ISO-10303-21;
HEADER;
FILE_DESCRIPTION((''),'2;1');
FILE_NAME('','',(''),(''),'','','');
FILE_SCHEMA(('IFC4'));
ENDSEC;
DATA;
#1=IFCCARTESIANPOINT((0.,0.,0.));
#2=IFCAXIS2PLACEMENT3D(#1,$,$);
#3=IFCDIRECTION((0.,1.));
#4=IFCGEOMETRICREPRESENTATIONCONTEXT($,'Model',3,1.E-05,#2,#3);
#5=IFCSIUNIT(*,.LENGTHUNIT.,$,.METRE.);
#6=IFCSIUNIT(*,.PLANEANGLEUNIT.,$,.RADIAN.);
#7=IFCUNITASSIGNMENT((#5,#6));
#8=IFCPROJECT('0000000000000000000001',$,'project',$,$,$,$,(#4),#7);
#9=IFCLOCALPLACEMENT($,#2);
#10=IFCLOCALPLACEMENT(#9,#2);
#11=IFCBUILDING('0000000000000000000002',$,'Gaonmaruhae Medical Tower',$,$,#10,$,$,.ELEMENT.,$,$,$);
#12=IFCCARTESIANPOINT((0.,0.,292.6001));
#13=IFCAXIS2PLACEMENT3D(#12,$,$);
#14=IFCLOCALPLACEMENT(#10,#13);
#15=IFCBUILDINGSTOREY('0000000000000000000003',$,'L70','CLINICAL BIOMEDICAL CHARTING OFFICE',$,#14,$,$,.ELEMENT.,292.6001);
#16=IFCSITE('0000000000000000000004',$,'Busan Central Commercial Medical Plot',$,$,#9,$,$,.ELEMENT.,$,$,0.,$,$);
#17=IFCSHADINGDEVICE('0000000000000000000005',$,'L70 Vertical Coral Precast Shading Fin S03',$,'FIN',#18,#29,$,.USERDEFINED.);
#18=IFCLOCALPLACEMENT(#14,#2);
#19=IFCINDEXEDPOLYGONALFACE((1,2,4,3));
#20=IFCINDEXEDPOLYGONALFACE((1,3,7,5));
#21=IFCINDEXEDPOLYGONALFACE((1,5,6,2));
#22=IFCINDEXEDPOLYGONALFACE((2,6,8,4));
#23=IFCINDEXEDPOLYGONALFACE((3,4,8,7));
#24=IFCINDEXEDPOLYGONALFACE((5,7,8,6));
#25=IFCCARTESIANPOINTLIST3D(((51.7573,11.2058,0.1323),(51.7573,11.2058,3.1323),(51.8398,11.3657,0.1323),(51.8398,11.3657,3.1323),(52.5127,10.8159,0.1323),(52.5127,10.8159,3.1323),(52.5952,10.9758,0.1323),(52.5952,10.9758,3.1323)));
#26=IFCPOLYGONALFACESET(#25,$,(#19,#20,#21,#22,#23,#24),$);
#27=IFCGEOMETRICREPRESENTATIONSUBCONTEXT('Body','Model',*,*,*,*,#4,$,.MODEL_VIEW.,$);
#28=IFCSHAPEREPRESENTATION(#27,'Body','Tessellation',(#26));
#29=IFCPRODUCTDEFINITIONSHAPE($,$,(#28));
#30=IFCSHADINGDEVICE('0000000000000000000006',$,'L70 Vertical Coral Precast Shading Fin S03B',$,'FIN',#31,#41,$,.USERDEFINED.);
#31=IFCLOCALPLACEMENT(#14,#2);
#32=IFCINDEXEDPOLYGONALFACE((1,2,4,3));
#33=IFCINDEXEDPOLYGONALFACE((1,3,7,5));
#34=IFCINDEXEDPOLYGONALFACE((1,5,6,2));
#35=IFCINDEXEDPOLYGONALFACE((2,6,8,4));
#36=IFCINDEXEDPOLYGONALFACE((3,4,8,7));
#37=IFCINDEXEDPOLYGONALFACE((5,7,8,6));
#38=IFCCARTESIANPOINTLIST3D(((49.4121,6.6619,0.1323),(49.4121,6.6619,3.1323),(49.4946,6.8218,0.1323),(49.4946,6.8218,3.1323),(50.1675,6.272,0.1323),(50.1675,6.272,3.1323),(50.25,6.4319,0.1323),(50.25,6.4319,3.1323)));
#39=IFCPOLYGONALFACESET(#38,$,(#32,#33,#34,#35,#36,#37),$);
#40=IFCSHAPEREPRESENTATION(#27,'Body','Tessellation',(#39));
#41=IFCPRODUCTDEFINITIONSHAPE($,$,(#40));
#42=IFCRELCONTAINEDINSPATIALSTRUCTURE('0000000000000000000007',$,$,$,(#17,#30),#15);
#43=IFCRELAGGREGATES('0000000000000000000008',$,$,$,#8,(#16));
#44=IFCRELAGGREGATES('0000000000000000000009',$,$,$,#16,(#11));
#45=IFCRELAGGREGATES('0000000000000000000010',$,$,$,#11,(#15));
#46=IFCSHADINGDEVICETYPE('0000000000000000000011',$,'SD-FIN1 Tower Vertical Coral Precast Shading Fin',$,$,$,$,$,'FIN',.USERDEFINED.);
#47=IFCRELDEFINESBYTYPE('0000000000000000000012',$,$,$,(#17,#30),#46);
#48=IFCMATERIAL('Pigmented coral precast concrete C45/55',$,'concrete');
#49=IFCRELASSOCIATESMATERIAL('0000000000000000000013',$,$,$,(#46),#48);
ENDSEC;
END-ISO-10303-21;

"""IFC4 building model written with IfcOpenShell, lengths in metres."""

from ifc_helpers import new_model, si_unit, direction, frame, origin, origin_2d, place, context, subcontext, project, spatial, rectangle, extrude, material, type_object, element, save


model = new_model("IFC4")

# Units and contexts
model_context = context("Model", 3, precision=1e-05, world=origin(), true_north=direction((0.0, 1.0)))
body_context = subcontext(model_context, "Body", "Model", "MODEL_VIEW")
ifc_project = project(units=[si_unit("LENGTHUNIT", "METRE"), si_unit("PLANEANGLEUNIT", "RADIAN")], contexts=[model_context])

# Site, building, storey
site_placement = place(None, origin())
site = spatial("IfcSite", under=ifc_project, at=site_placement, Name="Busan Central Commercial Medical Plot", CompositionType="ELEMENT", RefElevation=0.0)
building_placement = place(site_placement, origin())
building = spatial("IfcBuilding", under=site, at=building_placement, Name="Gaonmaruhae Medical Tower", CompositionType="ELEMENT")
storey_placement = place(building_placement, frame((0.0, 0.0, 292.6001)))
storey = spatial("IfcBuildingStorey", under=building, at=storey_placement, Name="L70", Description="CLINICAL BIOMEDICAL CHARTING OFFICE", CompositionType="ELEMENT", Elevation=292.6001)

# Shading devices
ifc_material_1 = material(Name="Pigmented coral precast concrete C45/55", Category="concrete")
shading_device_type = type_object("IfcShadingDeviceType", Name="SD-FIN1 Tower Vertical Coral Precast Shading Fin", ElementType="FIN", PredefinedType="USERDEFINED", material=ifc_material_1)
for number, where, z_axis, x_axis, name in (
    (1, (52.1763, 11.0908, 0.1323), (0.0, 0.0, 1.0), (-0.45865, -0.888617, 0.0), "L70 Vertical Coral Precast Shading Fin S03"),
    (2, (49.8311, 6.5469, 0.1323), (0.0, 0.0, 1.0), (-0.45865, -0.888617, 0.0), "L70 Vertical Coral Precast Shading Fin S03B"),
):
    element("IfcShadingDevice", number, at=place(storey_placement, frame(where, z_axis=z_axis, x_axis=x_axis)), inside=storey, type_object=shading_device_type, Name=name, ObjectType="FIN", PredefinedType="USERDEFINED", context=body_context, shape_type="SweptSolid", body=[
        extrude(rectangle(XDim=0.1799, YDim=0.8501, at=origin_2d()), origin(), (0.0, 0.0, 1.0), 3.0),
    ])

save(model, "model.ifc")
